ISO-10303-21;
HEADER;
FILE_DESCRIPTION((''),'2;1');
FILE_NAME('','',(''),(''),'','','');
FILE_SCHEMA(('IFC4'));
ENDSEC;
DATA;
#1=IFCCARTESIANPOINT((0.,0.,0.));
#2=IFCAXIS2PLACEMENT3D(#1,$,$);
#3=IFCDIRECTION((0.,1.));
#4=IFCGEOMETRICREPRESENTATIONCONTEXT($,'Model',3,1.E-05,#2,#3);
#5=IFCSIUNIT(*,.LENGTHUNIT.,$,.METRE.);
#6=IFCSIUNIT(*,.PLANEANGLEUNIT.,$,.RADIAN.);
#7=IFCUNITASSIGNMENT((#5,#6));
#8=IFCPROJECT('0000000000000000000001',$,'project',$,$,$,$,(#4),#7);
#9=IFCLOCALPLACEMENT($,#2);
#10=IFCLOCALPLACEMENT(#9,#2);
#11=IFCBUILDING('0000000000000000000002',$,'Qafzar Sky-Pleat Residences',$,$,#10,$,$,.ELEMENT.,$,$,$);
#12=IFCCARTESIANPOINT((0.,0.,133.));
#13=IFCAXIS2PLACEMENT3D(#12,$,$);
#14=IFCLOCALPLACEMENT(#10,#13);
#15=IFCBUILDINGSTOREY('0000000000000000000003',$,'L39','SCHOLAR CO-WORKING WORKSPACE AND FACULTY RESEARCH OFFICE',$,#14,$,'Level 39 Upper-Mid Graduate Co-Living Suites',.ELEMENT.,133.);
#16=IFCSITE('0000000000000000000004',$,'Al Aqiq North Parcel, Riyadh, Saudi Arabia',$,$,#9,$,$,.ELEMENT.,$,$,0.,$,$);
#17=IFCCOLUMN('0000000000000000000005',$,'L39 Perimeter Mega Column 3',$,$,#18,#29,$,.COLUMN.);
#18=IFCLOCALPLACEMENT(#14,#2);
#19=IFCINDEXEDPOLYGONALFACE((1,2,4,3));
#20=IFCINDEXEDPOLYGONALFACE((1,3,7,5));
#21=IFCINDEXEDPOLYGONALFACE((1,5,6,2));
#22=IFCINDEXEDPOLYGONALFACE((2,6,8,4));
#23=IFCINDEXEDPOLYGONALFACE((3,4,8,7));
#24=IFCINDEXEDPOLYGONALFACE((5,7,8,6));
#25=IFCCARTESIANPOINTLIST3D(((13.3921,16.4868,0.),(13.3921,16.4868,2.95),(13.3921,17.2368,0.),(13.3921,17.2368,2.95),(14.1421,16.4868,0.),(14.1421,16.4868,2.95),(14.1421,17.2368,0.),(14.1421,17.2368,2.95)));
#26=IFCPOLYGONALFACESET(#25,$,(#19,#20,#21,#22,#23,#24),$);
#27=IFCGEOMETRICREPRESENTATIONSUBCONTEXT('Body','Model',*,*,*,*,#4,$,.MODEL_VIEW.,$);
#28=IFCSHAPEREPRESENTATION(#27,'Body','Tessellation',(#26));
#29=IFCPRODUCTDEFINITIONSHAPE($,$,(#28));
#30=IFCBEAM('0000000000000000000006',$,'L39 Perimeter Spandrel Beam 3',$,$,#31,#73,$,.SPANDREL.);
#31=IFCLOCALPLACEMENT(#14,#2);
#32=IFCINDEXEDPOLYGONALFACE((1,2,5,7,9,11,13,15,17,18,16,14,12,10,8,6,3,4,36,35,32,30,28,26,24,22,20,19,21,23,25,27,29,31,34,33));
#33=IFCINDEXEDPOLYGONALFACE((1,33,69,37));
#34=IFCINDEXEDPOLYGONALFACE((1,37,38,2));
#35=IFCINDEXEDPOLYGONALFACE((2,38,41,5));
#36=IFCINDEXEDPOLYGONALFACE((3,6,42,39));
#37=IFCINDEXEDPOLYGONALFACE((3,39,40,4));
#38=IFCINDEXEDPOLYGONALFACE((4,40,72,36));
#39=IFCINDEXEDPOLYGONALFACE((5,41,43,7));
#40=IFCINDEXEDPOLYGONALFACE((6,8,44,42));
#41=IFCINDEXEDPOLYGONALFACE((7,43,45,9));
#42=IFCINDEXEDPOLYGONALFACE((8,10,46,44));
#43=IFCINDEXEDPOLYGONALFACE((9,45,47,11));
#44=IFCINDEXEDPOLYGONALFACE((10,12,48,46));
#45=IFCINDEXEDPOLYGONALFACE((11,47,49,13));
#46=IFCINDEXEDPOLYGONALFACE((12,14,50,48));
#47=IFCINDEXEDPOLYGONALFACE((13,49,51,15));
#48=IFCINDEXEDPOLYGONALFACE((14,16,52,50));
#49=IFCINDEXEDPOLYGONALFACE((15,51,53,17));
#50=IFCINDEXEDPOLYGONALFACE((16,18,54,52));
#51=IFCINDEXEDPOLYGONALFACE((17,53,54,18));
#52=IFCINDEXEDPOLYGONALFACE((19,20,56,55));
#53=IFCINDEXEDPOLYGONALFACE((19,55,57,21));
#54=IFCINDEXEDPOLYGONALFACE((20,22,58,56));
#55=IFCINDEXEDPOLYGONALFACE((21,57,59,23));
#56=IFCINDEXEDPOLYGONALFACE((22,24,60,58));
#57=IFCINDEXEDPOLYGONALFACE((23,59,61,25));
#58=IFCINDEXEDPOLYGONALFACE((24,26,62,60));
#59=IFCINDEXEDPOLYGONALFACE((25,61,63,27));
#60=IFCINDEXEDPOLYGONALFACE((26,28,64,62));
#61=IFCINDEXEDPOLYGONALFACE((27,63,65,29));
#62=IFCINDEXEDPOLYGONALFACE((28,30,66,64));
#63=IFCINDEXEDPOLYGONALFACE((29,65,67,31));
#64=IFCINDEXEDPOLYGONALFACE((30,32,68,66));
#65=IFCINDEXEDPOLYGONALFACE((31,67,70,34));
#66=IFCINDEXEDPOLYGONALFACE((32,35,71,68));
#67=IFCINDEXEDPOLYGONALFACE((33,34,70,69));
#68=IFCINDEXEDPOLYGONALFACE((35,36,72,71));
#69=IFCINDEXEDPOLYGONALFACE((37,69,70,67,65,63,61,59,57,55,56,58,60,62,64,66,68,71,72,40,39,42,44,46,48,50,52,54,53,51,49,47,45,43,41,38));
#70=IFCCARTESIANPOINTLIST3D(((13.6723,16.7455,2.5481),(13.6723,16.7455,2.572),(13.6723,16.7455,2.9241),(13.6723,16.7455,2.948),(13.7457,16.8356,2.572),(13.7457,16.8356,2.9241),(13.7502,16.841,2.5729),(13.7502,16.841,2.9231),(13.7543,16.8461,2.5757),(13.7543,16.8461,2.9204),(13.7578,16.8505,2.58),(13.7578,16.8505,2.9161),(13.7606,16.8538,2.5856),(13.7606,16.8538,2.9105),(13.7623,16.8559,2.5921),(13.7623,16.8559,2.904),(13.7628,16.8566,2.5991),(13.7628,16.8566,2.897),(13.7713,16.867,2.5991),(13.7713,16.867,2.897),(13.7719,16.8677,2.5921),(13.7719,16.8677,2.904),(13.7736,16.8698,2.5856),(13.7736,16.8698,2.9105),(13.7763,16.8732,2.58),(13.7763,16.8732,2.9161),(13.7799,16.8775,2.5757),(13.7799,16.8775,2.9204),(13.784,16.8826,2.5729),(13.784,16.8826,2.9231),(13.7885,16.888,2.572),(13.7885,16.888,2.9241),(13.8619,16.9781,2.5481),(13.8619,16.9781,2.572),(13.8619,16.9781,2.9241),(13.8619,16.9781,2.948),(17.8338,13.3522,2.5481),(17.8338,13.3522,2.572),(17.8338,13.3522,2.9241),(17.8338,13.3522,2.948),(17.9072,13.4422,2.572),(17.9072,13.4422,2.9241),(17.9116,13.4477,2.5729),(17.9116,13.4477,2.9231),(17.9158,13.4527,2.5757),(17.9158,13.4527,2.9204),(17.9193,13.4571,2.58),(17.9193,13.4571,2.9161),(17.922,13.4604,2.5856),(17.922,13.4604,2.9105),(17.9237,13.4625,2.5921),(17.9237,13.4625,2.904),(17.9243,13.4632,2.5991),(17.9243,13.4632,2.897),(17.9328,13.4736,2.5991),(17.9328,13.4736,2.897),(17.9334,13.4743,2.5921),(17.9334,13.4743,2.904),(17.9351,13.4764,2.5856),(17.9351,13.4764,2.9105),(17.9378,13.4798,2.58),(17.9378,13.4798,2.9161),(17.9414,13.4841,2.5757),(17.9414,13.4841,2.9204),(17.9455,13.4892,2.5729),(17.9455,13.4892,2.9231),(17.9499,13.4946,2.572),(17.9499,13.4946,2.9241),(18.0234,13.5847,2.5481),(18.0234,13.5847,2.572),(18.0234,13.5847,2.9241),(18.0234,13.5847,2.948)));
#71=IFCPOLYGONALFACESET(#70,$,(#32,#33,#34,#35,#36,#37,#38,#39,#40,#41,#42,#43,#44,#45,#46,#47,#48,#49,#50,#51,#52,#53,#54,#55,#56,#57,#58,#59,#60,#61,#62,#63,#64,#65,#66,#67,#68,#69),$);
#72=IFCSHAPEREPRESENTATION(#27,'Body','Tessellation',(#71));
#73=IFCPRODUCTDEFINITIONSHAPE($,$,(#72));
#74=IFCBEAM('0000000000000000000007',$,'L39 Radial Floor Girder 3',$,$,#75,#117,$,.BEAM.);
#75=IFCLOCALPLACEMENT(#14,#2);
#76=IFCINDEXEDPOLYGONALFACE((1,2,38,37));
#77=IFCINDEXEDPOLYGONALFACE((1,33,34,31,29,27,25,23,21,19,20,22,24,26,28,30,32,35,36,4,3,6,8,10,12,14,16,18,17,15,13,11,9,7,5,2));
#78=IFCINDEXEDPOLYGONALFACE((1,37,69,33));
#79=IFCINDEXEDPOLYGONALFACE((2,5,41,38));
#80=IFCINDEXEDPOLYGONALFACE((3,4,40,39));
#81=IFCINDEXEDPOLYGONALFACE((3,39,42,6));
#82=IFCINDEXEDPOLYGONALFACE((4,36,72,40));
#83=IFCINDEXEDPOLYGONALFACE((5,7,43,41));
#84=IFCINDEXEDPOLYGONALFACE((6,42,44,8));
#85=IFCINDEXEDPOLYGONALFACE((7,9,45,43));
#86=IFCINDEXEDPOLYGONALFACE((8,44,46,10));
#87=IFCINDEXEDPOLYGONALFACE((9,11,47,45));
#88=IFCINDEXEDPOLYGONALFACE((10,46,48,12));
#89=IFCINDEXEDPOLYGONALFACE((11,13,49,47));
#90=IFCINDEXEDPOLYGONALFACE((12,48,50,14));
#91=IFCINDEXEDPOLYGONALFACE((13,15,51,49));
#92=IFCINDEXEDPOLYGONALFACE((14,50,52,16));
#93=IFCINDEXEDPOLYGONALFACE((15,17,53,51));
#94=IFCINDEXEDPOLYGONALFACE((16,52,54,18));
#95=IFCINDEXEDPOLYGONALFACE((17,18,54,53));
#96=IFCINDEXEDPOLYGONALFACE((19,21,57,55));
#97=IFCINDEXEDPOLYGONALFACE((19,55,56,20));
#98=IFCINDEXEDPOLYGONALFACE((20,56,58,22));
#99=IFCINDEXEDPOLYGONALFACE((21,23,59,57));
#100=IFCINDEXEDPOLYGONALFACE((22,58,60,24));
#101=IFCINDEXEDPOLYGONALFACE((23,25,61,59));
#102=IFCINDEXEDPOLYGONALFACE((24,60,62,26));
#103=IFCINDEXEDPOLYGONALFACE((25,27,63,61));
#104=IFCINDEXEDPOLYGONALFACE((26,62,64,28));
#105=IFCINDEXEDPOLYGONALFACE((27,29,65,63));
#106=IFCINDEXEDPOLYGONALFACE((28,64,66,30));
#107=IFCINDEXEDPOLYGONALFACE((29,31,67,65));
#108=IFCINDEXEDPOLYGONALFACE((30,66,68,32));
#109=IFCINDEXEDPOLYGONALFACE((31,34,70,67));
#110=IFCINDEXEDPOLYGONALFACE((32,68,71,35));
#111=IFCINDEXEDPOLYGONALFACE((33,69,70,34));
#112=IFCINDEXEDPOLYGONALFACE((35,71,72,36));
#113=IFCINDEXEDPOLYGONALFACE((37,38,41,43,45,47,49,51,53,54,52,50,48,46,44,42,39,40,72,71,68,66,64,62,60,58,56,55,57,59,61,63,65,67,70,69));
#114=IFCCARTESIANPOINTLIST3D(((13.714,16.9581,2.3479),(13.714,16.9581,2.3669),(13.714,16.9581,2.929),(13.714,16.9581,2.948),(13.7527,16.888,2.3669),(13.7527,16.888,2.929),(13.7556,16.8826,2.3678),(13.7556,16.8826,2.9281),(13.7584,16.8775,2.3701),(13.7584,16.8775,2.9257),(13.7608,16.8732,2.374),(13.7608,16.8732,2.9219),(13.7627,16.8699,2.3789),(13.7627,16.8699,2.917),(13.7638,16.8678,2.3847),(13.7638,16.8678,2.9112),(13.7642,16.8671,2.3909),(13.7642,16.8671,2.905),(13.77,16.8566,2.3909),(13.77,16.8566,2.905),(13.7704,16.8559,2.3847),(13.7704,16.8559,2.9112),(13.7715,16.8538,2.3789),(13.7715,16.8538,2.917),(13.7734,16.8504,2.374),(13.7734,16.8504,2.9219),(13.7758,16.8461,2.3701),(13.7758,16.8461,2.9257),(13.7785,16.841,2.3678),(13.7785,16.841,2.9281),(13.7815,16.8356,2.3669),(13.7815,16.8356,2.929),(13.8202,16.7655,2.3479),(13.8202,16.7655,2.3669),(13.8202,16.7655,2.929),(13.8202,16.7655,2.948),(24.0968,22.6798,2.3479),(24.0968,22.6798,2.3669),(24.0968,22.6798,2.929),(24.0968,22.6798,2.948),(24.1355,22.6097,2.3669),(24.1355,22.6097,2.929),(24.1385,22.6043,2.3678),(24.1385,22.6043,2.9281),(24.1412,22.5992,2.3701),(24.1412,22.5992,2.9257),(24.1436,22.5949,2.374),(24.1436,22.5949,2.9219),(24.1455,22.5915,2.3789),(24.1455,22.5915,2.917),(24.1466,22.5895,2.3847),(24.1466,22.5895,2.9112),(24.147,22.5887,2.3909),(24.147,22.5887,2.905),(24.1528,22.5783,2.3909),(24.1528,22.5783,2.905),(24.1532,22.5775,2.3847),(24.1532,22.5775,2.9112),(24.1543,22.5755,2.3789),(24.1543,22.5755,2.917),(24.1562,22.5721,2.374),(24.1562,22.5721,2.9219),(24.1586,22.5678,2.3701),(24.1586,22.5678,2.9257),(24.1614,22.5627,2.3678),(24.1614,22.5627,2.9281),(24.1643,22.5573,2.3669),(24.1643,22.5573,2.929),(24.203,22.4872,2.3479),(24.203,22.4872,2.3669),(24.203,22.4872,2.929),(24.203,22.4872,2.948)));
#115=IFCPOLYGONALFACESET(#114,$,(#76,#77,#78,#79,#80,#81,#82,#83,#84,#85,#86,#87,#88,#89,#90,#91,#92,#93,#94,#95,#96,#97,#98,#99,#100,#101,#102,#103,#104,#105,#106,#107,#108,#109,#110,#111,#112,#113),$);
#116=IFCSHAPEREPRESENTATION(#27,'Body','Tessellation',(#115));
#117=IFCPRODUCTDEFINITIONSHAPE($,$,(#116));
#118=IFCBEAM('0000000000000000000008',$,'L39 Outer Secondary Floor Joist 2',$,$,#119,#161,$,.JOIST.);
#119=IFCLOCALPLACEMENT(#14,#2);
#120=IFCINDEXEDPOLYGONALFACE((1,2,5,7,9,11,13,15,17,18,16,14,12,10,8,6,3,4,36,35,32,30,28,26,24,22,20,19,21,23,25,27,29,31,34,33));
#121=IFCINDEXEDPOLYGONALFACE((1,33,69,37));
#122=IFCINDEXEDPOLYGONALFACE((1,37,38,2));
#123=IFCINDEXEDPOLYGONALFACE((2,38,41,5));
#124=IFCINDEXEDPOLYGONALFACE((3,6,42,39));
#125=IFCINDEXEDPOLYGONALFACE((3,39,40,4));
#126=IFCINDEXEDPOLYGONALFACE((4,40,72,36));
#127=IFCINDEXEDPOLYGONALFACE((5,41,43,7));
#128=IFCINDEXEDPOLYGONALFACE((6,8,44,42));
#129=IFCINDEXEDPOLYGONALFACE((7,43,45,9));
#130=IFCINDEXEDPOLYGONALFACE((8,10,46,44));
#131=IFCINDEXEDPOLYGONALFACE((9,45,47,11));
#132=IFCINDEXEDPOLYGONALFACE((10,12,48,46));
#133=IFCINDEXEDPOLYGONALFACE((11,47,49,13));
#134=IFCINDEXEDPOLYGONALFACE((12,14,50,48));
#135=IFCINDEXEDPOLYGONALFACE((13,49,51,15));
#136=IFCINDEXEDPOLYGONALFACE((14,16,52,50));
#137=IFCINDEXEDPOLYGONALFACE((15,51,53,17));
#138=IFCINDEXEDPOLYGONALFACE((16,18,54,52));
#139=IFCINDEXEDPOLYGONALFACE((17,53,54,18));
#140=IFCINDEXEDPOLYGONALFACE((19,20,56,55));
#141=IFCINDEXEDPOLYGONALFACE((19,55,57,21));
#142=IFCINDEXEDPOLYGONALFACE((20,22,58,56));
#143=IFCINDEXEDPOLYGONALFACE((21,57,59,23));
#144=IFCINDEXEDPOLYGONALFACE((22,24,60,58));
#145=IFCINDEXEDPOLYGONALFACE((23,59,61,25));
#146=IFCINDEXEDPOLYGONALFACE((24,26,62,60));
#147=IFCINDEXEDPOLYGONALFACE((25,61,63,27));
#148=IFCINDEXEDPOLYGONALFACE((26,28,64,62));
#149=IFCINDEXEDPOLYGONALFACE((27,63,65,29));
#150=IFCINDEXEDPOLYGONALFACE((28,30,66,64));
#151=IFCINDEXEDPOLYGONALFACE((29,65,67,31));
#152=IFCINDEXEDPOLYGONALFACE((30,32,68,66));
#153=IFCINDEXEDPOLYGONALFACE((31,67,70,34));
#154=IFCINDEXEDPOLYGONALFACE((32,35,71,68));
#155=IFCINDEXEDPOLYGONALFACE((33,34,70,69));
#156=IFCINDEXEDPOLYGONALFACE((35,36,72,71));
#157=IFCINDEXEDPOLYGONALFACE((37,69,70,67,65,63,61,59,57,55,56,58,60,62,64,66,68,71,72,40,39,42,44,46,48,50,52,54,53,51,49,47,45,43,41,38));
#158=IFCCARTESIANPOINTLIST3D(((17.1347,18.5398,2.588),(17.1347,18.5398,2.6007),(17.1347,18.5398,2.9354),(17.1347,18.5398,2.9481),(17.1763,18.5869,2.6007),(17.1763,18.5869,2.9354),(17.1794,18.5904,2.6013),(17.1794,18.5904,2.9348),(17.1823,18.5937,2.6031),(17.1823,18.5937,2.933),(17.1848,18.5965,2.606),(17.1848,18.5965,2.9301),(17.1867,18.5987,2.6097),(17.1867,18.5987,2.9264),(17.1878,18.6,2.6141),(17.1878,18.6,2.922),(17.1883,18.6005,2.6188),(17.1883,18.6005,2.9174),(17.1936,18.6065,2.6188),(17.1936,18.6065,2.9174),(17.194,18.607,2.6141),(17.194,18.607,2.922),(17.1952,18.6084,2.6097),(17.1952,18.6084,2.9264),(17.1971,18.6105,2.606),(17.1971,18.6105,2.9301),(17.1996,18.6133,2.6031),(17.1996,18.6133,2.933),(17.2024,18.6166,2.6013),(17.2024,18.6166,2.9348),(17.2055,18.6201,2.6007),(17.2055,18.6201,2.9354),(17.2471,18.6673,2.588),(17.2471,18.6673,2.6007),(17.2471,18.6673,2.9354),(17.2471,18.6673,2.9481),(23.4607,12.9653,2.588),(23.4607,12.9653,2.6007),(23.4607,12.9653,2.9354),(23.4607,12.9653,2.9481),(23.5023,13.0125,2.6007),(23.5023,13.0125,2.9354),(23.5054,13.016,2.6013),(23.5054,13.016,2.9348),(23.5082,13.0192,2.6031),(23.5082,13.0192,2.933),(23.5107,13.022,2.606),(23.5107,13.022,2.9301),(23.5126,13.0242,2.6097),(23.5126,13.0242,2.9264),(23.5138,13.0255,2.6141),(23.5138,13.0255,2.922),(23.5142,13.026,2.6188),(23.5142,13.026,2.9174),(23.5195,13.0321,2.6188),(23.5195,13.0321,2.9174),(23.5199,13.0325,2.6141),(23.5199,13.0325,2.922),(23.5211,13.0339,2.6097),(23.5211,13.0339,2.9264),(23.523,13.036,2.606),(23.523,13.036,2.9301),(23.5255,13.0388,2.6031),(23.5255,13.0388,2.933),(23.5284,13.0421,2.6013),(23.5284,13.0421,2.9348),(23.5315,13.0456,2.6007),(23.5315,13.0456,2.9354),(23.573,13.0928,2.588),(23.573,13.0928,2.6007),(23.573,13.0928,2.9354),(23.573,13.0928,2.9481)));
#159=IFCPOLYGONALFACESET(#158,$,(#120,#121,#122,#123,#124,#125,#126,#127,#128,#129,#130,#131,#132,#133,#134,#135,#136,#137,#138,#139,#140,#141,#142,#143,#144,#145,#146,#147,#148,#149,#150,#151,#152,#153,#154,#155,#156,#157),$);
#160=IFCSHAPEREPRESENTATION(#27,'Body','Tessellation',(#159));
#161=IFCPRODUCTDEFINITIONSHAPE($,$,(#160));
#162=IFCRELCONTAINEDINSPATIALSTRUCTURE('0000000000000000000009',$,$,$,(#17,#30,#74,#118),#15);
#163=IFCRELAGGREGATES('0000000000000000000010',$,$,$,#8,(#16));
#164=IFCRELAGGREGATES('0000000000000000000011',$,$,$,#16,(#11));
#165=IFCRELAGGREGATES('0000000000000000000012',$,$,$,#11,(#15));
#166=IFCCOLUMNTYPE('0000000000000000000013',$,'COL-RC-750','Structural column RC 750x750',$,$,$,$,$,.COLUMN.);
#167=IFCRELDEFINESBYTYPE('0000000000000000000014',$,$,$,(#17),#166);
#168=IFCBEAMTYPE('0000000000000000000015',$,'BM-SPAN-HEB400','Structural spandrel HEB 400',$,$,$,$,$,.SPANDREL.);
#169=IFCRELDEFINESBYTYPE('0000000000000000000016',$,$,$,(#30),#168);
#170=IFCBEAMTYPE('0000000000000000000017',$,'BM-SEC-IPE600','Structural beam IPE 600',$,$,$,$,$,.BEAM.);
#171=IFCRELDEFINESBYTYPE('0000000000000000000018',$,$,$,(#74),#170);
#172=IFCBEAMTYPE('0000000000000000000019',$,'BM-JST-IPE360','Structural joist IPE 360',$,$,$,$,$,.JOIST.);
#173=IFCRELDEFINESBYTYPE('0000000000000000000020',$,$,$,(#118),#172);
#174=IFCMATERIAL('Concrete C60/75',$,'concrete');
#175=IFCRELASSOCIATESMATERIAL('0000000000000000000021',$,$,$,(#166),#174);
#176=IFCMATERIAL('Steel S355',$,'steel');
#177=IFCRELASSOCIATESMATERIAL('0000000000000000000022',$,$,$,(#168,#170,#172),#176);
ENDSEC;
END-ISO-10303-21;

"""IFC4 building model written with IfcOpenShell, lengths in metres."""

from ifc_helpers import new_model, si_unit, direction, frame, origin, origin_2d, place, context, subcontext, project, spatial, rectangle, i_section, extrude, source, transform, mapped, material, material_profile, profile_set, type_object, element, save


model = new_model("IFC4")

# Units and contexts
model_context = context("Model", 3, precision=1e-05, world=origin(), true_north=direction((0.0, 1.0)))
body_context = subcontext(model_context, "Body", "Model", "MODEL_VIEW")
ifc_project = project(units=[si_unit("LENGTHUNIT", "METRE"), si_unit("PLANEANGLEUNIT", "RADIAN")], contexts=[model_context])

# Site, building, storey
site_placement = place(None, origin())
site = spatial("IfcSite", under=ifc_project, at=site_placement, Name="Al Aqiq North Parcel, Riyadh, Saudi Arabia", CompositionType="ELEMENT", RefElevation=0.0)
building_placement = place(site_placement, origin())
building = spatial("IfcBuilding", under=site, at=building_placement, Name="Qafzar Sky-Pleat Residences", CompositionType="ELEMENT")
storey_placement = place(building_placement, frame((0.0, 0.0, 133.0)))
storey = spatial("IfcBuildingStorey", under=building, at=storey_placement, Name="L39", Description="SCHOLAR CO-WORKING WORKSPACE AND FACULTY RESEARCH OFFICE", LongName="Level 39 Upper-Mid Graduate Co-Living Suites", CompositionType="ELEMENT", Elevation=133.0)

# Column
ifc_material_1 = material(Name="Concrete C60/75", Category="concrete")
ifc_material_profile_1 = material_profile(ifc_material_1, rectangle(XDim=0.75, YDim=0.75, at=origin_2d()), Name="RC 750x750")
ifc_profile_set_1 = profile_set([ifc_material_profile_1], Name="Concrete C60/75")
column_type = type_object("IfcColumnType", Name="COL-RC-750", Description="Structural column RC 750x750", PredefinedType="COLUMN", material=ifc_profile_set_1)
shared_shape_1 = source(origin(), body_context, "Body", "SweptSolid", [
    extrude(rectangle(XDim=0.75, YDim=0.75, at=origin_2d()), origin(), (0.0, 0.0, 1.0), 2.95),
])
column_placement = place(storey_placement, frame((13.7671, 16.8618, 0.0), z_axis=(0.0, 0.0, 1.0), x_axis=(1.0, 0.0, 0.0)))
element("IfcColumn", 1, at=column_placement, inside=storey, type_object=column_type, Name="L39 Perimeter Mega Column 3", PredefinedType="COLUMN", context=body_context, shape_type="MappedRepresentation", body=[
    mapped(shared_shape_1, transform((0.0, 0.0, 0.0), x_axis=(1.0, 0.0, 0.0), y_axis=(0.0, 1.0, 0.0), z_axis=(0.0, 0.0, 1.0), scale=1.0)),
])

# Beams
ifc_material_2 = material(Name="Steel S355", Category="steel")
ifc_material_profile_2 = material_profile(ifc_material_2, i_section(OverallWidth=0.3, OverallDepth=0.3999, WebThickness=0.0134, FlangeThickness=0.0239, FilletRadius=0.0271, at=origin_2d()), Name="HEB 400")
ifc_profile_set_2 = profile_set([ifc_material_profile_2], Name="Steel S355")
beam_type_1 = type_object("IfcBeamType", Name="BM-SPAN-HEB400", Description="Structural spandrel HEB 400", PredefinedType="SPANDREL", material=ifc_profile_set_2)
shared_shape_2 = source(origin(), body_context, "Body", "SweptSolid", [
    extrude(i_section(OverallWidth=0.3, OverallDepth=0.3999, WebThickness=0.0134, FlangeThickness=0.0239, FilletRadius=0.0271, at=origin_2d()), origin(), (0.0, 0.0, 1.0), 5.3696),
])
beam_1_placement = place(storey_placement, frame((13.7671, 16.8618, 2.748), z_axis=(0.775002, -0.631959, 0.0), x_axis=(0.631959, 0.775002, 0.0)))
element("IfcBeam", 2, at=beam_1_placement, inside=storey, type_object=beam_type_1, Name="L39 Perimeter Spandrel Beam 3", PredefinedType="SPANDREL", context=body_context, shape_type="MappedRepresentation", body=[
    mapped(shared_shape_2, transform((0.0, 0.0, 0.0), x_axis=(1.0, 0.0, 0.0), y_axis=(0.0, 1.0, 0.0), z_axis=(0.0, 0.0, 1.0), scale=1.0)),
])
ifc_material_profile_3 = material_profile(ifc_material_2, i_section(OverallWidth=0.22, OverallDepth=0.6001, WebThickness=0.012, FlangeThickness=0.019, FilletRadius=0.0239, at=origin_2d()), Name="IPE 600")
ifc_profile_set_3 = profile_set([ifc_material_profile_3], Name="Steel S355")
beam_type_2 = type_object("IfcBeamType", Name="BM-SEC-IPE600", Description="Structural beam IPE 600", PredefinedType="BEAM", material=ifc_profile_set_3)
shared_shape_3 = source(origin(), body_context, "Body", "SweptSolid", [
    extrude(i_section(OverallWidth=0.22, OverallDepth=0.6001, WebThickness=0.012, FlangeThickness=0.019, FilletRadius=0.0239, at=origin_2d()), origin(), (0.0, 0.0, 1.0), 11.855),
])
beam_2_placement = place(storey_placement, frame((13.7671, 16.8618, 2.6479), z_axis=(0.875819, 0.48264, 0.0), x_axis=(-0.48264, 0.875819, 0.0)))
element("IfcBeam", 3, at=beam_2_placement, inside=storey, type_object=beam_type_2, Name="L39 Radial Floor Girder 3", PredefinedType="BEAM", context=body_context, shape_type="MappedRepresentation", body=[
    mapped(shared_shape_3, transform((0.0, 0.0, 0.0), x_axis=(1.0, 0.0, 0.0), y_axis=(0.0, 1.0, 0.0), z_axis=(0.0, 0.0, 1.0), scale=1.0)),
])
ifc_material_profile_4 = material_profile(ifc_material_2, i_section(OverallWidth=0.1699, OverallDepth=0.3601, WebThickness=0.0081, FlangeThickness=0.0127, FilletRadius=0.0181, at=origin_2d()), Name="IPE 360")
ifc_profile_set_4 = profile_set([ifc_material_profile_4], Name="Steel S355")
beam_type_3 = type_object("IfcBeamType", Name="BM-JST-IPE360", Description="Structural joist IPE 360", PredefinedType="JOIST", material=ifc_profile_set_4)
shared_shape_4 = source(origin(), body_context, "Body", "SweptSolid", [
    extrude(i_section(OverallWidth=0.1699, OverallDepth=0.3601, WebThickness=0.0081, FlangeThickness=0.0127, FilletRadius=0.0181, at=origin_2d()), origin(), (0.0, 0.0, 1.0), 8.4316),
])
beam_3_placement = place(storey_placement, frame((17.1909, 18.6035, 2.7681), z_axis=(0.750264, -0.661139, 0.0), x_axis=(0.661139, 0.750264, 0.0)))
element("IfcBeam", 4, at=beam_3_placement, inside=storey, type_object=beam_type_3, Name="L39 Outer Secondary Floor Joist 2", PredefinedType="JOIST", context=body_context, shape_type="MappedRepresentation", body=[
    mapped(shared_shape_4, transform((0.0, 0.0, 0.0), x_axis=(1.0, 0.0, 0.0), y_axis=(0.0, 1.0, 0.0), z_axis=(0.0, 0.0, 1.0), scale=1.0)),
])

save(model, "model.ifc")
